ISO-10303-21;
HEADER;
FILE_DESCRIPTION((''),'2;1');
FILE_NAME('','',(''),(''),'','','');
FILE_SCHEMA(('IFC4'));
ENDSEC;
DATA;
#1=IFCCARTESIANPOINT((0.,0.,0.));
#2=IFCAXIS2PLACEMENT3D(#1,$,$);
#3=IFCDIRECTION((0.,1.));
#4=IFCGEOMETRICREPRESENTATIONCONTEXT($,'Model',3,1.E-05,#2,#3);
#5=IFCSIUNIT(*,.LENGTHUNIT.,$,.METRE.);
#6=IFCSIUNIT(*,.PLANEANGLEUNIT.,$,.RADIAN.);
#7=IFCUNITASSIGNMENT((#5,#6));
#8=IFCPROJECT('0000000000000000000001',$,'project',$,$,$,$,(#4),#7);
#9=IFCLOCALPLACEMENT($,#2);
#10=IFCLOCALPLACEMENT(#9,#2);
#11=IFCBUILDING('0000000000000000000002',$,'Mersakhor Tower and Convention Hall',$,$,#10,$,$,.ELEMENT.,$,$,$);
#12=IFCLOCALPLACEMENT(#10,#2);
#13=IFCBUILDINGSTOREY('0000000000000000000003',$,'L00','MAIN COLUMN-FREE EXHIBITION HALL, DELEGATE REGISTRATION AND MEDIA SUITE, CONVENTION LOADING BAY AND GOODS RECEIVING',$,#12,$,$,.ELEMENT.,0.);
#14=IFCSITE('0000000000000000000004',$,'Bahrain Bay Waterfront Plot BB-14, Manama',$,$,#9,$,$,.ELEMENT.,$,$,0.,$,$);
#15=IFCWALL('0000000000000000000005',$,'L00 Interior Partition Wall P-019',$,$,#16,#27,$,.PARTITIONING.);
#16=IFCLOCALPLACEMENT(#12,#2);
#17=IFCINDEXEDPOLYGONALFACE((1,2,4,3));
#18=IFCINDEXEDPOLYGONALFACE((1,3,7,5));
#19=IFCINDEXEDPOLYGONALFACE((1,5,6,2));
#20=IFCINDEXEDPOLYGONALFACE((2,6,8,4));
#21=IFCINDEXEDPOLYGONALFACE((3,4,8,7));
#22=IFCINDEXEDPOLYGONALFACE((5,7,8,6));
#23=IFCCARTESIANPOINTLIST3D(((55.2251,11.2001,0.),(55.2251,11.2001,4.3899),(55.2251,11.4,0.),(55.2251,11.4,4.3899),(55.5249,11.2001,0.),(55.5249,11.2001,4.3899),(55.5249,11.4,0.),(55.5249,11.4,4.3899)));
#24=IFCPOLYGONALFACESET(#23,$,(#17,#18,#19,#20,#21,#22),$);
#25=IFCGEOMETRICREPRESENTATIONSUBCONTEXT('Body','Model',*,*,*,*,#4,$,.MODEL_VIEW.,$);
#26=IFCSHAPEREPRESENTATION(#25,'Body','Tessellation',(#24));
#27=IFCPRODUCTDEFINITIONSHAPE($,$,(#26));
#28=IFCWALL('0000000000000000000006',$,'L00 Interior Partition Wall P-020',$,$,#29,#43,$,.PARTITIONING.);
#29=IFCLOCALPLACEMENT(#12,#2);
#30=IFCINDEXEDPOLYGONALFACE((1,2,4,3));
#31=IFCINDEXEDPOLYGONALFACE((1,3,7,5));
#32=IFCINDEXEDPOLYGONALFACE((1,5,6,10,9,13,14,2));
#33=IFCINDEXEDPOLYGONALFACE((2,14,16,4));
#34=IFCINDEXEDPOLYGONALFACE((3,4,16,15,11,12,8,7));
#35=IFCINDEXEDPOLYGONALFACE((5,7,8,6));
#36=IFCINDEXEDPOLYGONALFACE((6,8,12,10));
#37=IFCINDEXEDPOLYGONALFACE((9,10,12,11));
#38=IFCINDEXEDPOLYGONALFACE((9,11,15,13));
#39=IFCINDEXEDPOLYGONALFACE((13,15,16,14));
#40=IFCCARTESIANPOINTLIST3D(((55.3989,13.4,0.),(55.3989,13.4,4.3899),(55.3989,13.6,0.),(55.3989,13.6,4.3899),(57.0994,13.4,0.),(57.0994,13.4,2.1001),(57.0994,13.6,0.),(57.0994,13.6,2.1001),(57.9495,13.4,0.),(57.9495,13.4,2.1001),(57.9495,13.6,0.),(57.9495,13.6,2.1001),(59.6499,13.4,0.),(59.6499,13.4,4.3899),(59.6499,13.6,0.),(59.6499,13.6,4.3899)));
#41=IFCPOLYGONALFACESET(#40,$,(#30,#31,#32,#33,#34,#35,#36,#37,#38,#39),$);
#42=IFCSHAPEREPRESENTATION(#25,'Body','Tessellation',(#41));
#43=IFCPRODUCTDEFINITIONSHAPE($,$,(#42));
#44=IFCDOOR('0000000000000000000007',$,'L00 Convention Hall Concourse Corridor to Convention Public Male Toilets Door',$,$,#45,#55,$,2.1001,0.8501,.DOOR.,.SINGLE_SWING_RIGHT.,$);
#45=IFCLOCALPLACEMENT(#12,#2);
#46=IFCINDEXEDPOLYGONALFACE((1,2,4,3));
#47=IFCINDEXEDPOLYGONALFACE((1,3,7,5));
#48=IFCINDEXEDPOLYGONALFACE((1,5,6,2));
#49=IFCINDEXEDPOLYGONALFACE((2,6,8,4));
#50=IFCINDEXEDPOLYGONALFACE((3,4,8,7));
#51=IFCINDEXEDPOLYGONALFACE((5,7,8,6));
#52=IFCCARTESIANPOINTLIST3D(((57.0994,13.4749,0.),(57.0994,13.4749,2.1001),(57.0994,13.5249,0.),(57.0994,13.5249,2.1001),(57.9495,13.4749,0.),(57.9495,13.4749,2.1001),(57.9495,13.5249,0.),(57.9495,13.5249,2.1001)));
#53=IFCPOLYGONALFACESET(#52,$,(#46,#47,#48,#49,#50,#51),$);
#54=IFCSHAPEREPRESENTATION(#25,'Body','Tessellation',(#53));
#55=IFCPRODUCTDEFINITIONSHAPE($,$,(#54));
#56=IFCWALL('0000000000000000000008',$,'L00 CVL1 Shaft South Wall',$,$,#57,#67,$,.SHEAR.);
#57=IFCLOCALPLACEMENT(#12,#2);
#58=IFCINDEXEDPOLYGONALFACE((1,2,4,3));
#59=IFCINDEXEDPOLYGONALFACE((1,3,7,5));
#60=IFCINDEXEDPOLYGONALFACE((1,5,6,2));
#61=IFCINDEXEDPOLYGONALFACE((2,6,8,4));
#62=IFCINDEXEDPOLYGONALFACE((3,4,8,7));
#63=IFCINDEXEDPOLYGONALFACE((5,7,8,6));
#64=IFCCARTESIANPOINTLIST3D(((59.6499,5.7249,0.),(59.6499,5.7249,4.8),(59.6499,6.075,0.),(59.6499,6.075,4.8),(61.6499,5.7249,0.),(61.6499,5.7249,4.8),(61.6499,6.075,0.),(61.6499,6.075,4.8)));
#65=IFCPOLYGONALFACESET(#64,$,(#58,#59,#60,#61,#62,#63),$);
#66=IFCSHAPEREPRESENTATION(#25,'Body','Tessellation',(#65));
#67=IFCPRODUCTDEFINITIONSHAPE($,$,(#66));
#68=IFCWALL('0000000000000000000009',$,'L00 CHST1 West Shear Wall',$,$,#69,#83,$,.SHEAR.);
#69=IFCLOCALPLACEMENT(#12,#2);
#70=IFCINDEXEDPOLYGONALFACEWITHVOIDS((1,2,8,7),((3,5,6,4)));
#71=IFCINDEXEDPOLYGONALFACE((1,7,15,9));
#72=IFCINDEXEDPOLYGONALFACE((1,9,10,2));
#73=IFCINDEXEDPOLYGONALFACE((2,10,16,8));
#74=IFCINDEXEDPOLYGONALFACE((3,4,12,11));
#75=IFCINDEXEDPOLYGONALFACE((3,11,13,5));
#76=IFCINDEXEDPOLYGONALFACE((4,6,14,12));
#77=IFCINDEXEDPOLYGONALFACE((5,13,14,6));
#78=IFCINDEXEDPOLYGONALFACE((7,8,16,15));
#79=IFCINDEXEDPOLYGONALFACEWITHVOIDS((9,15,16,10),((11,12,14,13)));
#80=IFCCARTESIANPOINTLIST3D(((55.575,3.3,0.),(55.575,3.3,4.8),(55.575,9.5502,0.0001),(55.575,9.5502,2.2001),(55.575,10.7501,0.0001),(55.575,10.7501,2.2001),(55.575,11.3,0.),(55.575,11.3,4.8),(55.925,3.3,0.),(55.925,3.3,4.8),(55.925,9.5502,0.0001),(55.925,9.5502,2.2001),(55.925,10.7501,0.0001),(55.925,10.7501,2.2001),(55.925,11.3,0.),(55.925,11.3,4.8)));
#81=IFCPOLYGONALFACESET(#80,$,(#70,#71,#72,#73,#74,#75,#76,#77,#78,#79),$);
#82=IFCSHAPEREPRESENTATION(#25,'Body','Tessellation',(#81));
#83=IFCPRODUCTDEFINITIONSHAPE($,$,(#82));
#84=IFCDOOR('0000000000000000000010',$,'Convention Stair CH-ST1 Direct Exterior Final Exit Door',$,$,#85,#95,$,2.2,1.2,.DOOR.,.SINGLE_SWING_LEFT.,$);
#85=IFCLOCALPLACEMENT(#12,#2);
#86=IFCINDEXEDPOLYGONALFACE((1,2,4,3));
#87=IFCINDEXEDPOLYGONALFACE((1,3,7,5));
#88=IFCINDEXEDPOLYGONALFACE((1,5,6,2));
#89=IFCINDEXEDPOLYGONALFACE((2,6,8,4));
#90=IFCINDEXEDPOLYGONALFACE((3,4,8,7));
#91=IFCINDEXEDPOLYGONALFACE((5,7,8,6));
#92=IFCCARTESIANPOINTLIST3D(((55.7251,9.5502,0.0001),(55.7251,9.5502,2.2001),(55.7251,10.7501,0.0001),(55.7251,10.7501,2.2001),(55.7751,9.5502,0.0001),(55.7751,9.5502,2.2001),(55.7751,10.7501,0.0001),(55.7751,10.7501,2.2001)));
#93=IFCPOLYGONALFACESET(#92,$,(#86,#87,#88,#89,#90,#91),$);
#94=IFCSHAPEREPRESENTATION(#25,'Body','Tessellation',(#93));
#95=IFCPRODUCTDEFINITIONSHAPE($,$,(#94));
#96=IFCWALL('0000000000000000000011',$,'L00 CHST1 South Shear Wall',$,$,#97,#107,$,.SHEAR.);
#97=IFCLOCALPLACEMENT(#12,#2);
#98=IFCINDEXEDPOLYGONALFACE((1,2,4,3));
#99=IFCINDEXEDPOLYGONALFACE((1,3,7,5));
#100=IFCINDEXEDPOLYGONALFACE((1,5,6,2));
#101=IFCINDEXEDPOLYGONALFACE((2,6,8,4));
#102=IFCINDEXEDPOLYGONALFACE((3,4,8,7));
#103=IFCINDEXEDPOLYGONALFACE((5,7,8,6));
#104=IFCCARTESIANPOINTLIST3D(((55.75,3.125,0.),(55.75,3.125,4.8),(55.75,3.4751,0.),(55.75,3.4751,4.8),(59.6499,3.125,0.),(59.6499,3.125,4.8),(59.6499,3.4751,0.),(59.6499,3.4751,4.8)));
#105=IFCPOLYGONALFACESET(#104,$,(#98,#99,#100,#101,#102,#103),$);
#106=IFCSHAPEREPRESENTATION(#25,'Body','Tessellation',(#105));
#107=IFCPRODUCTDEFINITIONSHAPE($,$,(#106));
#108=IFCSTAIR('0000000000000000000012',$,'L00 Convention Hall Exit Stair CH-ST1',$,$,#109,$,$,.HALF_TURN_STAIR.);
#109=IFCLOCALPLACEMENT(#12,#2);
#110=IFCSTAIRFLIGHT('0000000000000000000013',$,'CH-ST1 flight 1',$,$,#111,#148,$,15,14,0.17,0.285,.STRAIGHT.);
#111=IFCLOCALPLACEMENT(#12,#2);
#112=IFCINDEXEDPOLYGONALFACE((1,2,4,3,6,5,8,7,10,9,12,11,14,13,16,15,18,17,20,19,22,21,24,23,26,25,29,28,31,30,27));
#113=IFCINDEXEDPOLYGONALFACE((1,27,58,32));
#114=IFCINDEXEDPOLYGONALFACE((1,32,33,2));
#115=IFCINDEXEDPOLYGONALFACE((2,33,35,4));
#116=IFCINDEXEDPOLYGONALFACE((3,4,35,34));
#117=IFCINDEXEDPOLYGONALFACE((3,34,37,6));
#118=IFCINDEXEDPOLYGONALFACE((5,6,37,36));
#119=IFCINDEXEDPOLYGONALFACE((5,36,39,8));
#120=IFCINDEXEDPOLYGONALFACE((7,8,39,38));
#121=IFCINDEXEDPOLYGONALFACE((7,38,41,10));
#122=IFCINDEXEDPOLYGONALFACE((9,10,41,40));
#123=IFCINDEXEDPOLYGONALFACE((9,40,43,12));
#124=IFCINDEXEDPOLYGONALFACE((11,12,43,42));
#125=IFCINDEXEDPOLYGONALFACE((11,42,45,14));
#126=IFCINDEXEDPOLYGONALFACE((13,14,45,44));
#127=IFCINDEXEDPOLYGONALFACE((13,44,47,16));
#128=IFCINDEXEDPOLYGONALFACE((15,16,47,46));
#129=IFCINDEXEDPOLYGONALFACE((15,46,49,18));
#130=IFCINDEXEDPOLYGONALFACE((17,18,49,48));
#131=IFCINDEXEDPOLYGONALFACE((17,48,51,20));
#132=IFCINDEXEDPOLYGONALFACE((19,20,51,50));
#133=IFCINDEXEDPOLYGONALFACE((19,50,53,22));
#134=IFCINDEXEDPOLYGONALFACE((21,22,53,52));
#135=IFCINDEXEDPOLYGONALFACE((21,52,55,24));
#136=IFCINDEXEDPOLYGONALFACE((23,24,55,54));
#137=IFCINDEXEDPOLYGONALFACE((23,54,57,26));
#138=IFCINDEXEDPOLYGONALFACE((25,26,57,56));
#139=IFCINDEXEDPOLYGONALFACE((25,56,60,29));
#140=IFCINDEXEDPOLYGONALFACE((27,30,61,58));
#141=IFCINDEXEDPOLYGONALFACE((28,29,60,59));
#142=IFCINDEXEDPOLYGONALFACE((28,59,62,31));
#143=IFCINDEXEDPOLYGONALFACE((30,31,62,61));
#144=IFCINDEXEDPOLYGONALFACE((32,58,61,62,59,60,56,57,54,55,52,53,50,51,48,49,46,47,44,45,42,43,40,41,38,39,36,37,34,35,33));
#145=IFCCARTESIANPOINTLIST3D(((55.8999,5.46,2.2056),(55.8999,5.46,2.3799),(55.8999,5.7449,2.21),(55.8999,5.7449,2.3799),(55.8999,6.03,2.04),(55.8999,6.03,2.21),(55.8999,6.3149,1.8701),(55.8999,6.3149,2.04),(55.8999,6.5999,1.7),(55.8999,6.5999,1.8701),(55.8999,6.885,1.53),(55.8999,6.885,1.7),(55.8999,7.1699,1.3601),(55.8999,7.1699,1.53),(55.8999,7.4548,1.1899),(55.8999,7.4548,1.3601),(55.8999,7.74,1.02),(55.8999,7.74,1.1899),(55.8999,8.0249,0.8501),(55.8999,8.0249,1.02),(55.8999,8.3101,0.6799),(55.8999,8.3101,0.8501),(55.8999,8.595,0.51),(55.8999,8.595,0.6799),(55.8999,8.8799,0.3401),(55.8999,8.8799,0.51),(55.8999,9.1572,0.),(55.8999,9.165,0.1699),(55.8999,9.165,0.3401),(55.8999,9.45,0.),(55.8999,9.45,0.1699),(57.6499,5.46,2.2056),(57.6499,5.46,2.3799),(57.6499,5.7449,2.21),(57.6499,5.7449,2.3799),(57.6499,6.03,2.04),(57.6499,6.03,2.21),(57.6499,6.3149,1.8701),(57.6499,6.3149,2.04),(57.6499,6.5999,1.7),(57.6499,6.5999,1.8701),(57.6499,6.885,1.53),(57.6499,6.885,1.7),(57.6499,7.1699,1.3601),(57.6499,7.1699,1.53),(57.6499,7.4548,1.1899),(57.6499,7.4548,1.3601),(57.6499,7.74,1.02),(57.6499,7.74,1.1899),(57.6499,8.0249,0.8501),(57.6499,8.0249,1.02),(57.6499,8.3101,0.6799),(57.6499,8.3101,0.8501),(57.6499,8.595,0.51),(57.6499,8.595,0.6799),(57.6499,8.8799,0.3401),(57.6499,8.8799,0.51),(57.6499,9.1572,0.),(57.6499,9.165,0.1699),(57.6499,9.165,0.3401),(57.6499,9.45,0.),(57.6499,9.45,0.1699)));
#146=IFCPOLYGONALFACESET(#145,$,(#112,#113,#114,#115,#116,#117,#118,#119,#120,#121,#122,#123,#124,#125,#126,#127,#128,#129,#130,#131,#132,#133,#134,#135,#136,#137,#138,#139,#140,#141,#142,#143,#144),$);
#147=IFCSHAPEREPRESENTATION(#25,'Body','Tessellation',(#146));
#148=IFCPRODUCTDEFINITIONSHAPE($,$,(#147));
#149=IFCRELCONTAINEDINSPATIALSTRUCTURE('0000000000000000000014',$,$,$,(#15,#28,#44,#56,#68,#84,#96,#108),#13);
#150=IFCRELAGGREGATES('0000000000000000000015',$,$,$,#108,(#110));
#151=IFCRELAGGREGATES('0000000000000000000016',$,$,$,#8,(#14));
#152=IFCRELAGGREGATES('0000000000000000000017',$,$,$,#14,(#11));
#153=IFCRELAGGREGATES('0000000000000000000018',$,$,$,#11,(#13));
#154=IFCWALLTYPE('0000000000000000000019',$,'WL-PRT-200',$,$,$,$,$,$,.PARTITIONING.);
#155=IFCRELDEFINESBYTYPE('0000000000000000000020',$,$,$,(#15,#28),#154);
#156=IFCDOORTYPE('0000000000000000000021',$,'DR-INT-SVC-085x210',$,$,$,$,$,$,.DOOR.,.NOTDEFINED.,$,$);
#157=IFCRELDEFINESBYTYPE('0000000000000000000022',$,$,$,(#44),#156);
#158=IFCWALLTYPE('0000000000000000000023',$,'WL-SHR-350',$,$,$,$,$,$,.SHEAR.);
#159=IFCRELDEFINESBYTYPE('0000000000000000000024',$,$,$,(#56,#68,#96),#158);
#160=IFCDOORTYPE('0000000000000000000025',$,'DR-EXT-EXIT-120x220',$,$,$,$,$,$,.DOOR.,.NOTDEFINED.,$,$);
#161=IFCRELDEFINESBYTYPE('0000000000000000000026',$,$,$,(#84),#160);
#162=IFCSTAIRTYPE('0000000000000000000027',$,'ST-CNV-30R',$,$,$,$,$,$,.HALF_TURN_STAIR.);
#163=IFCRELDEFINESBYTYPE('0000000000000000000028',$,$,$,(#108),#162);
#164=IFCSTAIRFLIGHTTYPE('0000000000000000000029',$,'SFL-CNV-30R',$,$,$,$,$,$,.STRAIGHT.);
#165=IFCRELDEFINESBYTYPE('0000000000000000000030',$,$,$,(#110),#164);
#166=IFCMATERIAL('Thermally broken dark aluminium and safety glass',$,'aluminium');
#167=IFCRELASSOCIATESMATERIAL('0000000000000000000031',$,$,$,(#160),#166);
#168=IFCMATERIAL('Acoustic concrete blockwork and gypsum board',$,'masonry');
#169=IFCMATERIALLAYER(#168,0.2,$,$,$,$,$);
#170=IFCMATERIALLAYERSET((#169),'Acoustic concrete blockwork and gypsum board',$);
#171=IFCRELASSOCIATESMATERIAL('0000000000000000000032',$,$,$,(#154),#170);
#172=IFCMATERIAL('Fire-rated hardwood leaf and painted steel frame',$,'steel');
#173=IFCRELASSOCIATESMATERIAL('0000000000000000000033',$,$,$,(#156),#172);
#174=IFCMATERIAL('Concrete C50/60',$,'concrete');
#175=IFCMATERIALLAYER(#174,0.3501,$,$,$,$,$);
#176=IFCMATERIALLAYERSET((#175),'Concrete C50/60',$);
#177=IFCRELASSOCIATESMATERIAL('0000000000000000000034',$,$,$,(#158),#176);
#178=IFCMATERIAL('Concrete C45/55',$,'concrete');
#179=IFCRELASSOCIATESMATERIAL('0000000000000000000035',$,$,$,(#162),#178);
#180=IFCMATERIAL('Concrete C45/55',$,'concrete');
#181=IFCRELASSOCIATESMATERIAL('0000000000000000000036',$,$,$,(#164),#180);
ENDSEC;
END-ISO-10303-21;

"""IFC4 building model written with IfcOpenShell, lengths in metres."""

from ifc_helpers import new_model, si_unit, direction, frame, frame_2d, origin, place, context, subcontext, project, spatial, polyline, rectangle, outline, extrude, material, layer, layer_set, type_object, element, fill, aggregate, save


model = new_model("IFC4")

# Units and contexts
model_context = context("Model", 3, precision=1e-05, world=origin(), true_north=direction((0.0, 1.0)))
body_context = subcontext(model_context, "Body", "Model", "MODEL_VIEW")
ifc_project = project(units=[si_unit("LENGTHUNIT", "METRE"), si_unit("PLANEANGLEUNIT", "RADIAN")], contexts=[model_context])

# Site, building, storey
site_placement = place(None, origin())
site = spatial("IfcSite", under=ifc_project, at=site_placement, Name="Bahrain Bay Waterfront Plot BB-14, Manama", CompositionType="ELEMENT", RefElevation=0.0)
building_placement = place(site_placement, origin())
building = spatial("IfcBuilding", under=site, at=building_placement, Name="Mersakhor Tower and Convention Hall", CompositionType="ELEMENT")
storey_placement = place(building_placement, origin())
storey = spatial("IfcBuildingStorey", under=building, at=storey_placement, Name="L00", Description="MAIN COLUMN-FREE EXHIBITION HALL, DELEGATE REGISTRATION AND MEDIA SUITE, CONVENTION LOADING BAY AND GOODS RECEIVING", CompositionType="ELEMENT", Elevation=0.0)

# Shared definitions
ifc_material_1 = material(Name="Thermally broken dark aluminium and safety glass", Category="aluminium")
door_type_1 = type_object("IfcDoorType", Name="DR-EXT-EXIT-120x220", OperationType="NOTDEFINED", PredefinedType="DOOR", material=ifc_material_1)

# Wall
ifc_material_2 = material(Name="Acoustic concrete blockwork and gypsum board", Category="masonry")
ifc_layer_1 = layer(ifc_material_2, 0.2)
ifc_layer_set_1 = layer_set([ifc_layer_1], Name="Acoustic concrete blockwork and gypsum board")
wall_type_1 = type_object("IfcWallType", Name="WL-PRT-200", PredefinedType="PARTITIONING", material=ifc_layer_set_1)
wall_1_placement = place(storey_placement, frame((55.5249, 11.3, 0.0), z_axis=(0.0, 0.0, 1.0), x_axis=(-1.0, 0.0, 0.0)))
element("IfcWall", 1, at=wall_1_placement, inside=storey, type_object=wall_type_1, Name="L00 Interior Partition Wall P-019", PredefinedType="PARTITIONING", context=body_context, shape_type="SweptSolid", body=[
    extrude(rectangle(XDim=0.2998, YDim=0.2, at=frame_2d((0.1499, 0.0))), origin(), (0.0, 0.0, 1.0), 4.3899),
])

# Wall, opening, door
wall_2_placement = place(storey_placement, frame((55.3989, 13.5, 0.0), z_axis=(0.0, 0.0, 1.0), x_axis=(1.0, 0.0, 0.0)))
wall_2 = element("IfcWall", 2, at=wall_2_placement, inside=storey, type_object=wall_type_1, Name="L00 Interior Partition Wall P-020", PredefinedType="PARTITIONING", context=body_context, shape_type="SweptSolid", body=[
    extrude(rectangle(XDim=4.251, YDim=0.2, at=frame_2d((2.1255, 0.0))), origin(), (0.0, 0.0, 1.0), 4.3899),
])
opening_1_placement = place(wall_2_placement, frame((1.7004, 0.0, 0.0)))
opening_1 = element("IfcOpeningElement", 3, at=opening_1_placement, cuts=wall_2, PredefinedType="OPENING", context=body_context, shape_type="SweptSolid", body=[
    extrude(rectangle(XDim=0.8501, YDim=2.1001, at=frame_2d((0.425, 1.05))), frame((0.0, 0.1099, 0.0), z_axis=(0.0, -1.0, 0.0), x_axis=(1.0, 0.0, 0.0)), (0.0, 0.0, 1.0), 0.22),
])
ifc_material_3 = material(Name="Fire-rated hardwood leaf and painted steel frame", Category="steel")
door_type_2 = type_object("IfcDoorType", Name="DR-INT-SVC-085x210", OperationType="NOTDEFINED", PredefinedType="DOOR", material=ifc_material_3)
door_1_placement = place(opening_1_placement, origin())
door_1 = element("IfcDoor", 4, at=door_1_placement, inside=storey, type_object=door_type_2, Name="L00 Convention Hall Concourse Corridor to Convention Public Male Toilets Door", OperationType="SINGLE_SWING_RIGHT", OverallHeight=2.1001, OverallWidth=0.8501, PredefinedType="DOOR", context=body_context, shape_type="SweptSolid", body=[
    extrude(rectangle(XDim=0.8501, YDim=2.1001, at=frame_2d((0.425, 1.05))), frame((0.0, 0.0249, 0.0), z_axis=(0.0, -1.0, 0.0), x_axis=(1.0, 0.0, 0.0)), (0.0, 0.0, 1.0), 0.05),
])
fill(opening_1, door_1)

# Wall
ifc_material_4 = material(Name="Concrete C50/60", Category="concrete")
ifc_layer_2 = layer(ifc_material_4, 0.3501)
ifc_layer_set_2 = layer_set([ifc_layer_2], Name="Concrete C50/60")
wall_type_2 = type_object("IfcWallType", Name="WL-SHR-350", PredefinedType="SHEAR", material=ifc_layer_set_2)
wall_3_placement = place(storey_placement, frame((59.6499, 5.8999, 0.0), z_axis=(0.0, 0.0, 1.0), x_axis=(1.0, 0.0, 0.0)))
element("IfcWall", 5, at=wall_3_placement, inside=storey, type_object=wall_type_2, Name="L00 CVL1 Shaft South Wall", PredefinedType="SHEAR", context=body_context, shape_type="SweptSolid", body=[
    extrude(rectangle(XDim=2.0, YDim=0.3501, at=frame_2d((1.0, 0.0))), origin(), (0.0, 0.0, 1.0), 4.8),
])

# Wall, opening, door
wall_4_placement = place(storey_placement, frame((55.75, 3.3, 0.0), z_axis=(0.0, 0.0, 1.0), x_axis=(0.0, 1.0, 0.0)))
wall_4 = element("IfcWall", 6, at=wall_4_placement, inside=storey, type_object=wall_type_2, Name="L00 CHST1 West Shear Wall", PredefinedType="SHEAR", context=body_context, shape_type="SweptSolid", body=[
    extrude(rectangle(XDim=8.0, YDim=0.3501, at=frame_2d((4.0, 0.0))), origin(), (0.0, 0.0, 1.0), 4.8),
])
opening_2_placement = place(wall_4_placement, frame((6.25, 0.0, 0.0)))
opening_2 = element("IfcOpeningElement", 7, at=opening_2_placement, cuts=wall_4, PredefinedType="OPENING", context=body_context, shape_type="SweptSolid", body=[
    extrude(rectangle(XDim=1.2, YDim=2.2, at=frame_2d((0.6001, 1.1001))), frame((0.0, 0.1851, 0.0), z_axis=(0.0, -1.0, 0.0), x_axis=(1.0, 0.0, 0.0)), (0.0, 0.0, 1.0), 0.3701),
])
door_2_placement = place(opening_2_placement, origin())
door_2 = element("IfcDoor", 8, at=door_2_placement, inside=storey, type_object=door_type_1, Name="Convention Stair CH-ST1 Direct Exterior Final Exit Door", OperationType="SINGLE_SWING_LEFT", OverallHeight=2.2, OverallWidth=1.2, PredefinedType="DOOR", context=body_context, shape_type="SweptSolid", body=[
    extrude(rectangle(XDim=1.2, YDim=2.2, at=frame_2d((0.6001, 1.1001))), frame((0.0, 0.0249, 0.0), z_axis=(0.0, -1.0, 0.0), x_axis=(1.0, 0.0, 0.0)), (0.0, 0.0, 1.0), 0.05),
])
fill(opening_2, door_2)

# Wall
wall_5_placement = place(storey_placement, frame((55.75, 3.3, 0.0), z_axis=(0.0, 0.0, 1.0), x_axis=(1.0, 0.0, 0.0)))
element("IfcWall", 9, at=wall_5_placement, inside=storey, type_object=wall_type_2, Name="L00 CHST1 South Shear Wall", PredefinedType="SHEAR", context=body_context, shape_type="SweptSolid", body=[
    extrude(rectangle(XDim=3.8999, YDim=0.3501, at=frame_2d((1.95, 0.0))), origin(), (0.0, 0.0, 1.0), 4.8),
])

# Stair, stair flight
ifc_material_5 = material(Name="Concrete C45/55", Category="concrete")
stair_type = type_object("IfcStairType", Name="ST-CNV-30R", PredefinedType="HALF_TURN_STAIR", material=ifc_material_5)
stair_placement = place(storey_placement, origin())
stair = element("IfcStair", 10, at=stair_placement, inside=storey, type_object=stair_type, Name="L00 Convention Hall Exit Stair CH-ST1", PredefinedType="HALF_TURN_STAIR")
ifc_material_6 = material(Name="Concrete C45/55", Category="concrete")
stair_flight_type = type_object("IfcStairFlightType", Name="SFL-CNV-30R", PredefinedType="STRAIGHT", material=ifc_material_6)
stair_flight_1_placement = place(storey_placement, frame((56.7749, 9.45, 0.0), z_axis=(0.0, 0.0, 1.0), x_axis=(0.0, -1.0, 0.0)))
stair_flight_1 = element("IfcStairFlight", 11, at=stair_flight_1_placement, type_object=stair_flight_type, Name="CH-ST1 flight 1", NumberOfRisers=15, NumberOfTreads=14, PredefinedType="STRAIGHT", RiserHeight=0.17, TreadLength=0.285, context=body_context, shape_type="SweptSolid", body=[
    extrude(outline(polyline([(0.0, 0.0), (0.0, 0.1699), (0.2849, 0.1699), (0.2849, 0.3401), (0.5701, 0.3401), (0.5701, 0.51), (0.855, 0.51), (0.855, 0.6799), (1.1399, 0.6799), (1.1399, 0.8501), (1.425, 0.8501), (1.425, 1.02), (1.71, 1.02), (1.71, 1.1899), (1.9951, 1.1899), (1.9951, 1.3601), (2.28, 1.3601), (2.28, 1.53), (2.5649, 1.53), (2.5649, 1.7), (2.8501, 1.7), (2.8501, 1.8701), (3.135, 1.8701), (3.135, 2.04), (3.4199, 2.04), (3.4199, 2.21), (3.7051, 2.21), (3.7051, 2.3799), (3.99, 2.3799), (3.99, 2.55), (3.99, 2.2056), (0.2927, 0.0), (0.0, 0.0)])), frame((0.0, 0.875, 0.0), z_axis=(0.0, -1.0, 0.0), x_axis=(1.0, 0.0, 0.0)), (0.0, 0.0, 1.0), 1.75),
])
aggregate(stair, [stair_flight_1])

save(model, "model.ifc")
